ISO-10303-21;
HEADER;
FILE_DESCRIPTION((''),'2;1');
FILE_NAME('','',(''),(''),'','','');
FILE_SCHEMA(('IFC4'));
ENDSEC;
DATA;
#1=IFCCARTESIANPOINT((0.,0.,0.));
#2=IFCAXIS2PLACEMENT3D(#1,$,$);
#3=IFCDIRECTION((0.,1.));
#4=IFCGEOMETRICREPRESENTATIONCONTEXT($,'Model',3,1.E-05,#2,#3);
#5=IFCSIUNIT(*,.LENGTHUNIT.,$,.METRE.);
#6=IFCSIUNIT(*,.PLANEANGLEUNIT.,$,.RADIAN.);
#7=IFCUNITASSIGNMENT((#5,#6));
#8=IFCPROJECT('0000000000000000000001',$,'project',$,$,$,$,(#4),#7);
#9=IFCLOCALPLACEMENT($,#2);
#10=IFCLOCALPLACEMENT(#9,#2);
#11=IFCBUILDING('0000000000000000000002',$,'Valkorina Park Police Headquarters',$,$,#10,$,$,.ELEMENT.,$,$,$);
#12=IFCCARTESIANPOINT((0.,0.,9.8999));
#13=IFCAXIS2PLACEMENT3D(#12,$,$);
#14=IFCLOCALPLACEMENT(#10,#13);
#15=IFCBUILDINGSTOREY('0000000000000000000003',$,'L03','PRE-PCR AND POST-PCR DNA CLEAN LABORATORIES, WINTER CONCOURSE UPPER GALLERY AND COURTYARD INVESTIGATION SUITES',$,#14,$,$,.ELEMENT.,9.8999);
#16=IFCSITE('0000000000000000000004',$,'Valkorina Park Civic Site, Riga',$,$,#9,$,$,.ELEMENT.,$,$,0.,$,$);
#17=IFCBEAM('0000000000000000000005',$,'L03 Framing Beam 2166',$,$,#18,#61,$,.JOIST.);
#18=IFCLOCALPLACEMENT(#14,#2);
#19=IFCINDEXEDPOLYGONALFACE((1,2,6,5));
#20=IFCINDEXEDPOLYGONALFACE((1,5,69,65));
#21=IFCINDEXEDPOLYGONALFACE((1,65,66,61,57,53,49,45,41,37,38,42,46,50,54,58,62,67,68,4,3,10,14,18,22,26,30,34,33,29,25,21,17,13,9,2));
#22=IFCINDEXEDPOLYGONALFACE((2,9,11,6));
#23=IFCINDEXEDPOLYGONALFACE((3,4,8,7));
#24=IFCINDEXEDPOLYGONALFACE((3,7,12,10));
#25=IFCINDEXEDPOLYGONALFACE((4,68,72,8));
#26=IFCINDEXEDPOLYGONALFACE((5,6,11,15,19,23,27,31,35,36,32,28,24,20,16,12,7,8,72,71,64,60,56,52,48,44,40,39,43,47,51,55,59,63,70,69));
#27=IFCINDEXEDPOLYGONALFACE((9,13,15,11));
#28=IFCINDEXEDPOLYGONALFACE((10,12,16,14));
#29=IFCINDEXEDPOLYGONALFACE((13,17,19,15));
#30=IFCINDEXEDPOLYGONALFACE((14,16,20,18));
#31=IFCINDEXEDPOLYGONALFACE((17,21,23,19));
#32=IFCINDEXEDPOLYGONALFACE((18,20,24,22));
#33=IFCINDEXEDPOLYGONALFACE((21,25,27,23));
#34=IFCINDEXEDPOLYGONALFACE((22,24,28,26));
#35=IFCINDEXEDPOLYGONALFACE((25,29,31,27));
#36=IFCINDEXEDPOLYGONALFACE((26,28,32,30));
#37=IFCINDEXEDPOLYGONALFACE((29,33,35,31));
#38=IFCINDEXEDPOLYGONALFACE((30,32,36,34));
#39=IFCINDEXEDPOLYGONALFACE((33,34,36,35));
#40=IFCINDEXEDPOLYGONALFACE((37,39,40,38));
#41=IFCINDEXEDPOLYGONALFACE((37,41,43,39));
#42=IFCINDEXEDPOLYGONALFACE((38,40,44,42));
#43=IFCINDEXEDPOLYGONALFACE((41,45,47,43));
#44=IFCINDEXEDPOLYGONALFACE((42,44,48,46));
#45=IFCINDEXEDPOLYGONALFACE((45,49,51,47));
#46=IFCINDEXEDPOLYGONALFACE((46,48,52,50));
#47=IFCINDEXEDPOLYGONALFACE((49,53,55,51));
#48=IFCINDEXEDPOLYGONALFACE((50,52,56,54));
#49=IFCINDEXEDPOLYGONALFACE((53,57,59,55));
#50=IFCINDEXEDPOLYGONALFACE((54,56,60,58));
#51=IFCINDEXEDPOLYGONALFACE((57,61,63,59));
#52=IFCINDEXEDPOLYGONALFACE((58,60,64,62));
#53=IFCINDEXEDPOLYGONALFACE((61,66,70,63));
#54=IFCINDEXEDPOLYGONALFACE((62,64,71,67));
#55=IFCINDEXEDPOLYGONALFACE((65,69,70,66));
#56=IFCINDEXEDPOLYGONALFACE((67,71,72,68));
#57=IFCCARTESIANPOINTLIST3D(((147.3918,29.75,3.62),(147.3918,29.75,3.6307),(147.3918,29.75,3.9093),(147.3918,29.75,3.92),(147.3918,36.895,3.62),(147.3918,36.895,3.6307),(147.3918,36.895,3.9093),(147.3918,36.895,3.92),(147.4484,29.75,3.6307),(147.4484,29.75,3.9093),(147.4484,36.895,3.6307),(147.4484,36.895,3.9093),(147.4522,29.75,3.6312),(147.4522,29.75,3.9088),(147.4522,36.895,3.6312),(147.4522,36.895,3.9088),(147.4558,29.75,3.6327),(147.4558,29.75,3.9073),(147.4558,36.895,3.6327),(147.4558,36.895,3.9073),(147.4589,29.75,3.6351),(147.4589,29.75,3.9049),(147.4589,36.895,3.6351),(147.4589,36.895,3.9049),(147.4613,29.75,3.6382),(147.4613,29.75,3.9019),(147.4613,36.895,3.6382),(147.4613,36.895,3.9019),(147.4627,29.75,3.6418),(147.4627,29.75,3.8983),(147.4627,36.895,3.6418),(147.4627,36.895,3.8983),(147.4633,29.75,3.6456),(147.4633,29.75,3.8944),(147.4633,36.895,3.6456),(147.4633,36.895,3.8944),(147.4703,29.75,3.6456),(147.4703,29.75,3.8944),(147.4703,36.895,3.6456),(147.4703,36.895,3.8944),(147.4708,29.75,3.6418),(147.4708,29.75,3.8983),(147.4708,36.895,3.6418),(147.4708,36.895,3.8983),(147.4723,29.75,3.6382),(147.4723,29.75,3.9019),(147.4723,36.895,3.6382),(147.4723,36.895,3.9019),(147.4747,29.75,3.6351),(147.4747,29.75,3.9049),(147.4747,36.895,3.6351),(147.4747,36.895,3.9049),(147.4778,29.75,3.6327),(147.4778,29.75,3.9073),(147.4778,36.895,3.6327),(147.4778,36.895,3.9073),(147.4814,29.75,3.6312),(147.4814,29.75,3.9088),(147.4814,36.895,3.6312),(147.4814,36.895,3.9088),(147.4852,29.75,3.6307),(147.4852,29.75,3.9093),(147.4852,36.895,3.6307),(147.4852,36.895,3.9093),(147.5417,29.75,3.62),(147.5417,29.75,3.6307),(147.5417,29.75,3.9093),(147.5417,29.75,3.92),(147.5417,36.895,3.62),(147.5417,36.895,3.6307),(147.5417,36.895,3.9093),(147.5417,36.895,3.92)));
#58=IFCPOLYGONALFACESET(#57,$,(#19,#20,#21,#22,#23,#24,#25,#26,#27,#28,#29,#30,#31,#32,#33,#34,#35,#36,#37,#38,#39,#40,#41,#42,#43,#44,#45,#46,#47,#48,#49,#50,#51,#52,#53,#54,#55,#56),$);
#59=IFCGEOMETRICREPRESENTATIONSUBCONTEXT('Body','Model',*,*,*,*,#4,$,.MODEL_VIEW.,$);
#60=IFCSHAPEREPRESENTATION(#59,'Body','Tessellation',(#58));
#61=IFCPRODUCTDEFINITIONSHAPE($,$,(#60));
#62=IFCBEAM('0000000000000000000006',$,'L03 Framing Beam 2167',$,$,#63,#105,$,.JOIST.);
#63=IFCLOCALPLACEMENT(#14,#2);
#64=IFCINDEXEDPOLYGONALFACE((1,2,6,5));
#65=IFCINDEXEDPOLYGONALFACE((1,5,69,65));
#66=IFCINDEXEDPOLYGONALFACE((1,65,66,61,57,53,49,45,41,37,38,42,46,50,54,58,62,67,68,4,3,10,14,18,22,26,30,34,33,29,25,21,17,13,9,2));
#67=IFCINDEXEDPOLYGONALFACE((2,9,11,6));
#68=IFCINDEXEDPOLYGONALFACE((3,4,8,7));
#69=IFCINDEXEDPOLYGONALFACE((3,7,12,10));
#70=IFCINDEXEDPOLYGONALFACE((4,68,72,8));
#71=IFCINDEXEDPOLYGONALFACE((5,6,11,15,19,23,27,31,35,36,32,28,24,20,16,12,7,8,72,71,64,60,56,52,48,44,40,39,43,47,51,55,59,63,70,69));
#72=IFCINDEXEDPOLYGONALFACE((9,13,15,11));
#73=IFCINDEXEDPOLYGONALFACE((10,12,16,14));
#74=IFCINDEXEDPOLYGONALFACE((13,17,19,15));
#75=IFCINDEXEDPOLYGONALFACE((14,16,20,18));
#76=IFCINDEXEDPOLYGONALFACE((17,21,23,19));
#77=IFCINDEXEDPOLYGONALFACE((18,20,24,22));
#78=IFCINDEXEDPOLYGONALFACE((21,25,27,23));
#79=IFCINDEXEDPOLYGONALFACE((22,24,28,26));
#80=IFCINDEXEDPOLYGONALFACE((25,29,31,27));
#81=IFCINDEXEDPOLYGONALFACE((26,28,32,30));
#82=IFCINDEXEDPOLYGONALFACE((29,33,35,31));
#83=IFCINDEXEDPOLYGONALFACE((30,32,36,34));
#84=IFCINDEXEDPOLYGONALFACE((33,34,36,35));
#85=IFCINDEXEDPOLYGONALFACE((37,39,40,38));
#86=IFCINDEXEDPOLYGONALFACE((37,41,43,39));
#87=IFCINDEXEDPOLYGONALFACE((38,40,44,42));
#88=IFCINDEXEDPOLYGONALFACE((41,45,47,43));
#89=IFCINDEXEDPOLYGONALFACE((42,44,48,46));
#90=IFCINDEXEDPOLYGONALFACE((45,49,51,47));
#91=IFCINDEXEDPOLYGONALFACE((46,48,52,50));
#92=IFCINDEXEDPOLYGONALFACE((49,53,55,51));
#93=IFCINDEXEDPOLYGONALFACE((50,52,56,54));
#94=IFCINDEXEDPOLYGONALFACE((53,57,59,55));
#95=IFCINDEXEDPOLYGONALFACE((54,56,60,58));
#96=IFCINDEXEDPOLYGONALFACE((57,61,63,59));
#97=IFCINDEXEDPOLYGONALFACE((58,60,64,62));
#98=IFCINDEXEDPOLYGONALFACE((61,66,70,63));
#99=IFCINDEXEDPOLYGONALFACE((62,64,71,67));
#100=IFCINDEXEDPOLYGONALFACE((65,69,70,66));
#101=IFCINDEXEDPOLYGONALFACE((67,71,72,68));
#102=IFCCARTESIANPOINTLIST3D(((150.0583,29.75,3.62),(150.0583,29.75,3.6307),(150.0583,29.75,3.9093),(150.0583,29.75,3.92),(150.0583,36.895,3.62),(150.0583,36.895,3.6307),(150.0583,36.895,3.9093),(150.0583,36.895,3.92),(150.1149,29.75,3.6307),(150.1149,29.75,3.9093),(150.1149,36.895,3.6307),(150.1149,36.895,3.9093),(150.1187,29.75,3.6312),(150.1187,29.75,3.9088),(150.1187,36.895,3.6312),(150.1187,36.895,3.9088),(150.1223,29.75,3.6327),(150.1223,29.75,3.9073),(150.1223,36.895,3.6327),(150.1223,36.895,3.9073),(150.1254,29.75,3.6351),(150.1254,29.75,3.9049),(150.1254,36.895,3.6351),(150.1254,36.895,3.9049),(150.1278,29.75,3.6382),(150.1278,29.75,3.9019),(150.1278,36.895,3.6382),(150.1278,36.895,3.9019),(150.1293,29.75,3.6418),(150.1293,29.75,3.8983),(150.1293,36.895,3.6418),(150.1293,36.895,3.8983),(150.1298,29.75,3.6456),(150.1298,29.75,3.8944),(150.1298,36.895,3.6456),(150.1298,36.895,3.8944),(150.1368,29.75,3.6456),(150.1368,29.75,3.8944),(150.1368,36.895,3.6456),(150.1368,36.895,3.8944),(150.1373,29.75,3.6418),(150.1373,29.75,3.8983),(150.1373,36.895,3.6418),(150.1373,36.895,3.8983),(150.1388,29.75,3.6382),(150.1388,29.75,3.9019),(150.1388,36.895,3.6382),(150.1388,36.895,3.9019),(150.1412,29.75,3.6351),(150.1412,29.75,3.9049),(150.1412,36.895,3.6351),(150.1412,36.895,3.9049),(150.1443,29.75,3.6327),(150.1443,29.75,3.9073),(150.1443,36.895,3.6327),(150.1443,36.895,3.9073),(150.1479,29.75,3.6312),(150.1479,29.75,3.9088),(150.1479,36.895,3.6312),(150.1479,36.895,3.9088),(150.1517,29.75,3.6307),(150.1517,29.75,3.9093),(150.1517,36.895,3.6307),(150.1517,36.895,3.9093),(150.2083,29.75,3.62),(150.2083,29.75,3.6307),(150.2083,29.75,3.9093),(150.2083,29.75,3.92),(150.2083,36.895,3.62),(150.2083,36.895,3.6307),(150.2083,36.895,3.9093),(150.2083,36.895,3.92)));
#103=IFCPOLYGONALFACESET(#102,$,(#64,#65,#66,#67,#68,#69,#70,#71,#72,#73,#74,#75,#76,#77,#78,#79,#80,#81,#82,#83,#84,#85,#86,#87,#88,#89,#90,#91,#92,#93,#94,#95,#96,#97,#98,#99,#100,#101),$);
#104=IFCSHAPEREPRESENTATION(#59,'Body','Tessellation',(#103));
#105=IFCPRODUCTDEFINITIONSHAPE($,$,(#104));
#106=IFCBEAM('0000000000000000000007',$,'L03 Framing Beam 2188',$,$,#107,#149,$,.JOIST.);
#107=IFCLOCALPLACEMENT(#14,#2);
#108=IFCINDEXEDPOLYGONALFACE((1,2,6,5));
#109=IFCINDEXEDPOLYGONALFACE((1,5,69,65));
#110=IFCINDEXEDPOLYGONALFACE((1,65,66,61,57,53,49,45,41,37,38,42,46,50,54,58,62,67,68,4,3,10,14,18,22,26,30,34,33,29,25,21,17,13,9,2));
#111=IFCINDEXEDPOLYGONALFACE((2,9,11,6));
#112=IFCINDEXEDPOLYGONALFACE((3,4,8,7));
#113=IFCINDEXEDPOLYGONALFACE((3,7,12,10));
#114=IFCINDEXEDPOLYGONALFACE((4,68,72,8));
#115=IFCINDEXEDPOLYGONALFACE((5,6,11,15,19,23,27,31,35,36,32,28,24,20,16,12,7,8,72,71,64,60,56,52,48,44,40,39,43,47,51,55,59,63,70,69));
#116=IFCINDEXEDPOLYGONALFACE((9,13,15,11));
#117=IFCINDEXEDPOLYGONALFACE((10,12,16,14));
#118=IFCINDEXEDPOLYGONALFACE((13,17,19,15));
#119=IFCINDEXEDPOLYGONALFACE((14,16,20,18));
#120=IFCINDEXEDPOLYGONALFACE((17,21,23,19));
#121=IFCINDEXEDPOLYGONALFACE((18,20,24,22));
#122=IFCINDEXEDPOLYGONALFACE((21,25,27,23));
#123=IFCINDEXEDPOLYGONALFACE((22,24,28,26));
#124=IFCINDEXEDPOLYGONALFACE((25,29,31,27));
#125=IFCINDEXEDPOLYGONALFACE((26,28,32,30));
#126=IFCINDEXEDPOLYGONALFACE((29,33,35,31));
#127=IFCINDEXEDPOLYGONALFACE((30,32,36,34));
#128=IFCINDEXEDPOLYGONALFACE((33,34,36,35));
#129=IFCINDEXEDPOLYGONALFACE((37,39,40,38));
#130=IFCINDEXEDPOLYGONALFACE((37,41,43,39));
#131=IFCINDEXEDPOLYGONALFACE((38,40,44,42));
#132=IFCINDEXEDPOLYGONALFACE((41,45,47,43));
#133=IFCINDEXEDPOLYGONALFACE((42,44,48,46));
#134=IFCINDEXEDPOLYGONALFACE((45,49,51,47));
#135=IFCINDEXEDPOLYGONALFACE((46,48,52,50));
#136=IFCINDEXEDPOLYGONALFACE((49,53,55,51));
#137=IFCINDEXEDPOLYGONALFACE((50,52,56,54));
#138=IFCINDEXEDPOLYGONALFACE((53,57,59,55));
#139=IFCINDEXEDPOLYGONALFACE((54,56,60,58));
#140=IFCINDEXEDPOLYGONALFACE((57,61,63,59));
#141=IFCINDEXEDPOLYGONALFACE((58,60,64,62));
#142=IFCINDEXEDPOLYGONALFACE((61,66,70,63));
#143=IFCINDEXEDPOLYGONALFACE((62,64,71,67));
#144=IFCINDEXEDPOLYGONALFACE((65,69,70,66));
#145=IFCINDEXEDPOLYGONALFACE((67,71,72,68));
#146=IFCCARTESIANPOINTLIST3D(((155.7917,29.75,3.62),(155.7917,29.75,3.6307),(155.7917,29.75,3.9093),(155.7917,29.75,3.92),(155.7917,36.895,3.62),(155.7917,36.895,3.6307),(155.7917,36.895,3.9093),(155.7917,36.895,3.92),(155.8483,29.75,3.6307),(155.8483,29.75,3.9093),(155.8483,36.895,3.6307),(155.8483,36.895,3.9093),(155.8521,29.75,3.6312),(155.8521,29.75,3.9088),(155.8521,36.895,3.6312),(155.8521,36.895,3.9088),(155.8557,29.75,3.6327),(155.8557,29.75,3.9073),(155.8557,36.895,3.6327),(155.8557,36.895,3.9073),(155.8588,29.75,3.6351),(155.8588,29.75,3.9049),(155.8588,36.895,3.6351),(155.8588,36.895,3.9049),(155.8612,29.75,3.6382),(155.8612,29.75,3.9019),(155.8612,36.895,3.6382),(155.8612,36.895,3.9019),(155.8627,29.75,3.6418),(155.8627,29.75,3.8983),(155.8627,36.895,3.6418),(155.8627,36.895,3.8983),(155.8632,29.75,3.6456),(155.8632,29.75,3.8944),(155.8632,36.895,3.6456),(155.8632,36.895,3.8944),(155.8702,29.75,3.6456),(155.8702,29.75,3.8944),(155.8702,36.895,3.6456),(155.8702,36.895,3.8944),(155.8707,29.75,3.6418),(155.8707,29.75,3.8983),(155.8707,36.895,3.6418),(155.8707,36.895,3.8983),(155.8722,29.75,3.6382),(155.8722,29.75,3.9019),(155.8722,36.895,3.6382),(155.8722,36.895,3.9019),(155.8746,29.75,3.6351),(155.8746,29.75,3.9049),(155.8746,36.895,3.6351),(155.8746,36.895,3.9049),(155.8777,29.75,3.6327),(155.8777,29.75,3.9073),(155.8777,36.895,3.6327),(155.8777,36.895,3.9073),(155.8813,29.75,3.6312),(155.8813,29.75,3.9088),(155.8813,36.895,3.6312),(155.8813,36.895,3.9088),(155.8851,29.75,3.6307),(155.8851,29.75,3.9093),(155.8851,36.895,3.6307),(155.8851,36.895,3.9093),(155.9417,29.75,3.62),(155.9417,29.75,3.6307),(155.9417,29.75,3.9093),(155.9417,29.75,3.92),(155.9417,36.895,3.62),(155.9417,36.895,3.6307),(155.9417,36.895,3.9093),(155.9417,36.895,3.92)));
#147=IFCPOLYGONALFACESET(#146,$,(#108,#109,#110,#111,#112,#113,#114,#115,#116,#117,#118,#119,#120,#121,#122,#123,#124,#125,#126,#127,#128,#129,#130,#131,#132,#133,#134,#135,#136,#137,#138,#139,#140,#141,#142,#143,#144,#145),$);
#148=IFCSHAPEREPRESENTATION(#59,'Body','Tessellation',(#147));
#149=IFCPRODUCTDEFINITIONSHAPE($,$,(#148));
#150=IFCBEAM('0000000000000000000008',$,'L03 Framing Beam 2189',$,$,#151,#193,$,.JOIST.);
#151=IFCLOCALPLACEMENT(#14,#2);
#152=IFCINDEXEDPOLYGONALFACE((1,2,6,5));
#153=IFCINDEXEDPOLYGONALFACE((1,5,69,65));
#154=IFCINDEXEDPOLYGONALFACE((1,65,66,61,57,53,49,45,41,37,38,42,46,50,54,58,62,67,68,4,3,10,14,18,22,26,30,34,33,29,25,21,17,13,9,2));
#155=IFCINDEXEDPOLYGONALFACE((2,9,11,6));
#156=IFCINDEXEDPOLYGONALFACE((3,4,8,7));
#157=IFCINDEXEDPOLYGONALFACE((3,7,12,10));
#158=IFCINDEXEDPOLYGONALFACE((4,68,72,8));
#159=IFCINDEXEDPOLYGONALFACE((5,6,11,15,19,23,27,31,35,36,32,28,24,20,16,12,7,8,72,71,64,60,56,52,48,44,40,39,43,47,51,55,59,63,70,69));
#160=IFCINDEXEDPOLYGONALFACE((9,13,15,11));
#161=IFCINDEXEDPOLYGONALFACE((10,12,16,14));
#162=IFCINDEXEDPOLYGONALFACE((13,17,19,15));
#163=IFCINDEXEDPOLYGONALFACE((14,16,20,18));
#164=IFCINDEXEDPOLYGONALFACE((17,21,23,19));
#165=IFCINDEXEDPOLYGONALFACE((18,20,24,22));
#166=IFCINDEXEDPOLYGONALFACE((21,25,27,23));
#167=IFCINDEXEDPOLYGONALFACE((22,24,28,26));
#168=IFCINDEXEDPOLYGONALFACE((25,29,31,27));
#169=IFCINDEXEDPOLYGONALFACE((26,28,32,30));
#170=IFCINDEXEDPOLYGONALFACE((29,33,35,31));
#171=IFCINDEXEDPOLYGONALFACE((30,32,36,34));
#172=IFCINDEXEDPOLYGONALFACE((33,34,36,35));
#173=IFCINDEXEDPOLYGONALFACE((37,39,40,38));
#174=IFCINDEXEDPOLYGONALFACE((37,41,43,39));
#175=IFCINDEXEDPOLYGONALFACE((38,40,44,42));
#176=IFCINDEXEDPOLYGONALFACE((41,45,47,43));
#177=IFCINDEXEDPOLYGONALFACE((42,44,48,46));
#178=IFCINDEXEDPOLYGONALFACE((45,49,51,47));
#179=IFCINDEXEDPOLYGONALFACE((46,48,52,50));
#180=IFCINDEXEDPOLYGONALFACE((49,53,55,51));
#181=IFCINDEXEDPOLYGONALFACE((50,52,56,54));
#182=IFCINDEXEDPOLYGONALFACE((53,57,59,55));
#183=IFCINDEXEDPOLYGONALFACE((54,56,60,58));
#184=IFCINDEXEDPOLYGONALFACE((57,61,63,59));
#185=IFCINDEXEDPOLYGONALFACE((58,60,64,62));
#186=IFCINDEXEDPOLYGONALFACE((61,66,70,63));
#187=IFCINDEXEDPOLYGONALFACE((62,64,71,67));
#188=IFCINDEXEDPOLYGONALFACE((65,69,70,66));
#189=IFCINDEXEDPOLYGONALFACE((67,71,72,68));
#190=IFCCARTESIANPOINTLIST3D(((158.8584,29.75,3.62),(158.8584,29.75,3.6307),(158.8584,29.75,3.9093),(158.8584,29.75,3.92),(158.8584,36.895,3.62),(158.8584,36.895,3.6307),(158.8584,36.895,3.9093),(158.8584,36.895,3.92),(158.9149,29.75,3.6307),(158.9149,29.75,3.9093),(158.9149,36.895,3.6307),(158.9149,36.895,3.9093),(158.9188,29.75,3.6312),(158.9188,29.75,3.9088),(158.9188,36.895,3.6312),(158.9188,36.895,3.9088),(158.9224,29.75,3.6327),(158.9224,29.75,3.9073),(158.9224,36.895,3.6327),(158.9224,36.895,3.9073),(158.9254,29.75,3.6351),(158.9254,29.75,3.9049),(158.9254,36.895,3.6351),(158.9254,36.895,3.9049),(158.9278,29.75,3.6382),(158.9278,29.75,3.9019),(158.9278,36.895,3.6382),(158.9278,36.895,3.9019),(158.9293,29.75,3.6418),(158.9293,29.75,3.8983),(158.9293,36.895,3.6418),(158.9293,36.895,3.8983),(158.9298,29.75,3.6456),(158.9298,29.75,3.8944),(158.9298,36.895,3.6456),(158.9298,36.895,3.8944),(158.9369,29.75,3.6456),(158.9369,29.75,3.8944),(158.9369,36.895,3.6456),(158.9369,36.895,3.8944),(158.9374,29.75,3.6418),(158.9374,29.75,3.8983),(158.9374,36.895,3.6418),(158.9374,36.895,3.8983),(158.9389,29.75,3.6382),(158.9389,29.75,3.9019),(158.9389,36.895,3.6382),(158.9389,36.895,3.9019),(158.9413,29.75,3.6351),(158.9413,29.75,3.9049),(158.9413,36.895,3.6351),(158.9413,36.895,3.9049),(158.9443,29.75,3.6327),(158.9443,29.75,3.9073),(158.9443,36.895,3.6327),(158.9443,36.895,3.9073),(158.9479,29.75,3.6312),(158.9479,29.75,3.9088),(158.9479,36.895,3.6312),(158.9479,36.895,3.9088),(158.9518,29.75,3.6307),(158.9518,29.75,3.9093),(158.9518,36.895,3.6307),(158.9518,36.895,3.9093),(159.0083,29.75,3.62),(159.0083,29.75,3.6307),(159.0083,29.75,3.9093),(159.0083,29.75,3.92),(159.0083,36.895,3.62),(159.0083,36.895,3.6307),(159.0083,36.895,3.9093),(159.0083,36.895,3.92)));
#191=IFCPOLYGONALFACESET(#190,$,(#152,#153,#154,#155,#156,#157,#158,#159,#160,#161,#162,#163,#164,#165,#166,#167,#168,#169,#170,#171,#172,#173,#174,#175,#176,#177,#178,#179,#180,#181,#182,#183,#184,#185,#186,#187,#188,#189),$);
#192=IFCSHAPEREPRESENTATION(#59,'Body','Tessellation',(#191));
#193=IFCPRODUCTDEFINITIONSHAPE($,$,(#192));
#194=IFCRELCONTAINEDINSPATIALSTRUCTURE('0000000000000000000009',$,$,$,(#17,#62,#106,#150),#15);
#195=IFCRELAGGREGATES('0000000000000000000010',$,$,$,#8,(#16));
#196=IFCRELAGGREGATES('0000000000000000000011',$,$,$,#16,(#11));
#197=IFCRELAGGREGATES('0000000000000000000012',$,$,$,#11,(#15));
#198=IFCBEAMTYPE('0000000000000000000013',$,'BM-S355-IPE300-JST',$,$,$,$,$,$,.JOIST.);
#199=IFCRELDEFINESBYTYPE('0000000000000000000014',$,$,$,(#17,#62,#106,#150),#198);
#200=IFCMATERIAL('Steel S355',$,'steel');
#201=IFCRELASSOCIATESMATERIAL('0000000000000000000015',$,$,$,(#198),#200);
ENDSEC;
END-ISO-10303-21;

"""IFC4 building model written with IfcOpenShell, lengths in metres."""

from ifc_helpers import new_model, si_unit, direction, frame, origin, origin_2d, place, context, subcontext, project, spatial, i_section, extrude, material, material_profile, profile_set, type_object, element, save


model = new_model("IFC4")

# Units and contexts
model_context = context("Model", 3, precision=1e-05, world=origin(), true_north=direction((0.0, 1.0)))
body_context = subcontext(model_context, "Body", "Model", "MODEL_VIEW")
ifc_project = project(units=[si_unit("LENGTHUNIT", "METRE"), si_unit("PLANEANGLEUNIT", "RADIAN")], contexts=[model_context])

# Site, building, storey
site_placement = place(None, origin())
site = spatial("IfcSite", under=ifc_project, at=site_placement, Name="Valkorina Park Civic Site, Riga", CompositionType="ELEMENT", RefElevation=0.0)
building_placement = place(site_placement, origin())
building = spatial("IfcBuilding", under=site, at=building_placement, Name="Valkorina Park Police Headquarters", CompositionType="ELEMENT")
storey_placement = place(building_placement, frame((0.0, 0.0, 9.8999)))
storey = spatial("IfcBuildingStorey", under=building, at=storey_placement, Name="L03", Description="PRE-PCR AND POST-PCR DNA CLEAN LABORATORIES, WINTER CONCOURSE UPPER GALLERY AND COURTYARD INVESTIGATION SUITES", CompositionType="ELEMENT", Elevation=9.8999)

# Shared definitions
ifc_material_1 = material(Name="Steel S355", Category="steel")

# Beams
ifc_material_profile_1 = material_profile(ifc_material_1, i_section(OverallWidth=0.1499, OverallDepth=0.3, WebThickness=0.0071, FlangeThickness=0.0107, FilletRadius=0.0149, at=origin_2d()), Name="IPE 300")
ifc_profile_set_1 = profile_set([ifc_material_profile_1], Name="Steel S355")
beam_type_1 = type_object("IfcBeamType", Name="BM-S355-IPE300-JST", PredefinedType="JOIST", material=ifc_profile_set_1)
for number, where, z_axis, x_axis, name in (
    (1, (147.4668, 29.75, 3.77), (0.0, 1.0, 0.0), (-1.0, 0.0, 0.0), "L03 Framing Beam 2166"),
    (2, (150.1333, 29.75, 3.77), (0.0, 1.0, 0.0), (-1.0, 0.0, 0.0), "L03 Framing Beam 2167"),
    (3, (155.8667, 29.75, 3.77), (0.0, 1.0, 0.0), (-1.0, 0.0, 0.0), "L03 Framing Beam 2188"),
    (4, (158.9333, 29.75, 3.77), (0.0, 1.0, 0.0), (-1.0, 0.0, 0.0), "L03 Framing Beam 2189"),
):
    element("IfcBeam", number, at=place(storey_placement, frame(where, z_axis=z_axis, x_axis=x_axis)), inside=storey, type_object=beam_type_1, Name=name, PredefinedType="JOIST", context=body_context, shape_type="SweptSolid", body=[
        extrude(i_section(OverallWidth=0.1499, OverallDepth=0.3, WebThickness=0.0071, FlangeThickness=0.0107, FilletRadius=0.0149, at=origin_2d()), origin(), (0.0, 0.0, 1.0), 7.145),
    ])

save(model, "model.ifc")
